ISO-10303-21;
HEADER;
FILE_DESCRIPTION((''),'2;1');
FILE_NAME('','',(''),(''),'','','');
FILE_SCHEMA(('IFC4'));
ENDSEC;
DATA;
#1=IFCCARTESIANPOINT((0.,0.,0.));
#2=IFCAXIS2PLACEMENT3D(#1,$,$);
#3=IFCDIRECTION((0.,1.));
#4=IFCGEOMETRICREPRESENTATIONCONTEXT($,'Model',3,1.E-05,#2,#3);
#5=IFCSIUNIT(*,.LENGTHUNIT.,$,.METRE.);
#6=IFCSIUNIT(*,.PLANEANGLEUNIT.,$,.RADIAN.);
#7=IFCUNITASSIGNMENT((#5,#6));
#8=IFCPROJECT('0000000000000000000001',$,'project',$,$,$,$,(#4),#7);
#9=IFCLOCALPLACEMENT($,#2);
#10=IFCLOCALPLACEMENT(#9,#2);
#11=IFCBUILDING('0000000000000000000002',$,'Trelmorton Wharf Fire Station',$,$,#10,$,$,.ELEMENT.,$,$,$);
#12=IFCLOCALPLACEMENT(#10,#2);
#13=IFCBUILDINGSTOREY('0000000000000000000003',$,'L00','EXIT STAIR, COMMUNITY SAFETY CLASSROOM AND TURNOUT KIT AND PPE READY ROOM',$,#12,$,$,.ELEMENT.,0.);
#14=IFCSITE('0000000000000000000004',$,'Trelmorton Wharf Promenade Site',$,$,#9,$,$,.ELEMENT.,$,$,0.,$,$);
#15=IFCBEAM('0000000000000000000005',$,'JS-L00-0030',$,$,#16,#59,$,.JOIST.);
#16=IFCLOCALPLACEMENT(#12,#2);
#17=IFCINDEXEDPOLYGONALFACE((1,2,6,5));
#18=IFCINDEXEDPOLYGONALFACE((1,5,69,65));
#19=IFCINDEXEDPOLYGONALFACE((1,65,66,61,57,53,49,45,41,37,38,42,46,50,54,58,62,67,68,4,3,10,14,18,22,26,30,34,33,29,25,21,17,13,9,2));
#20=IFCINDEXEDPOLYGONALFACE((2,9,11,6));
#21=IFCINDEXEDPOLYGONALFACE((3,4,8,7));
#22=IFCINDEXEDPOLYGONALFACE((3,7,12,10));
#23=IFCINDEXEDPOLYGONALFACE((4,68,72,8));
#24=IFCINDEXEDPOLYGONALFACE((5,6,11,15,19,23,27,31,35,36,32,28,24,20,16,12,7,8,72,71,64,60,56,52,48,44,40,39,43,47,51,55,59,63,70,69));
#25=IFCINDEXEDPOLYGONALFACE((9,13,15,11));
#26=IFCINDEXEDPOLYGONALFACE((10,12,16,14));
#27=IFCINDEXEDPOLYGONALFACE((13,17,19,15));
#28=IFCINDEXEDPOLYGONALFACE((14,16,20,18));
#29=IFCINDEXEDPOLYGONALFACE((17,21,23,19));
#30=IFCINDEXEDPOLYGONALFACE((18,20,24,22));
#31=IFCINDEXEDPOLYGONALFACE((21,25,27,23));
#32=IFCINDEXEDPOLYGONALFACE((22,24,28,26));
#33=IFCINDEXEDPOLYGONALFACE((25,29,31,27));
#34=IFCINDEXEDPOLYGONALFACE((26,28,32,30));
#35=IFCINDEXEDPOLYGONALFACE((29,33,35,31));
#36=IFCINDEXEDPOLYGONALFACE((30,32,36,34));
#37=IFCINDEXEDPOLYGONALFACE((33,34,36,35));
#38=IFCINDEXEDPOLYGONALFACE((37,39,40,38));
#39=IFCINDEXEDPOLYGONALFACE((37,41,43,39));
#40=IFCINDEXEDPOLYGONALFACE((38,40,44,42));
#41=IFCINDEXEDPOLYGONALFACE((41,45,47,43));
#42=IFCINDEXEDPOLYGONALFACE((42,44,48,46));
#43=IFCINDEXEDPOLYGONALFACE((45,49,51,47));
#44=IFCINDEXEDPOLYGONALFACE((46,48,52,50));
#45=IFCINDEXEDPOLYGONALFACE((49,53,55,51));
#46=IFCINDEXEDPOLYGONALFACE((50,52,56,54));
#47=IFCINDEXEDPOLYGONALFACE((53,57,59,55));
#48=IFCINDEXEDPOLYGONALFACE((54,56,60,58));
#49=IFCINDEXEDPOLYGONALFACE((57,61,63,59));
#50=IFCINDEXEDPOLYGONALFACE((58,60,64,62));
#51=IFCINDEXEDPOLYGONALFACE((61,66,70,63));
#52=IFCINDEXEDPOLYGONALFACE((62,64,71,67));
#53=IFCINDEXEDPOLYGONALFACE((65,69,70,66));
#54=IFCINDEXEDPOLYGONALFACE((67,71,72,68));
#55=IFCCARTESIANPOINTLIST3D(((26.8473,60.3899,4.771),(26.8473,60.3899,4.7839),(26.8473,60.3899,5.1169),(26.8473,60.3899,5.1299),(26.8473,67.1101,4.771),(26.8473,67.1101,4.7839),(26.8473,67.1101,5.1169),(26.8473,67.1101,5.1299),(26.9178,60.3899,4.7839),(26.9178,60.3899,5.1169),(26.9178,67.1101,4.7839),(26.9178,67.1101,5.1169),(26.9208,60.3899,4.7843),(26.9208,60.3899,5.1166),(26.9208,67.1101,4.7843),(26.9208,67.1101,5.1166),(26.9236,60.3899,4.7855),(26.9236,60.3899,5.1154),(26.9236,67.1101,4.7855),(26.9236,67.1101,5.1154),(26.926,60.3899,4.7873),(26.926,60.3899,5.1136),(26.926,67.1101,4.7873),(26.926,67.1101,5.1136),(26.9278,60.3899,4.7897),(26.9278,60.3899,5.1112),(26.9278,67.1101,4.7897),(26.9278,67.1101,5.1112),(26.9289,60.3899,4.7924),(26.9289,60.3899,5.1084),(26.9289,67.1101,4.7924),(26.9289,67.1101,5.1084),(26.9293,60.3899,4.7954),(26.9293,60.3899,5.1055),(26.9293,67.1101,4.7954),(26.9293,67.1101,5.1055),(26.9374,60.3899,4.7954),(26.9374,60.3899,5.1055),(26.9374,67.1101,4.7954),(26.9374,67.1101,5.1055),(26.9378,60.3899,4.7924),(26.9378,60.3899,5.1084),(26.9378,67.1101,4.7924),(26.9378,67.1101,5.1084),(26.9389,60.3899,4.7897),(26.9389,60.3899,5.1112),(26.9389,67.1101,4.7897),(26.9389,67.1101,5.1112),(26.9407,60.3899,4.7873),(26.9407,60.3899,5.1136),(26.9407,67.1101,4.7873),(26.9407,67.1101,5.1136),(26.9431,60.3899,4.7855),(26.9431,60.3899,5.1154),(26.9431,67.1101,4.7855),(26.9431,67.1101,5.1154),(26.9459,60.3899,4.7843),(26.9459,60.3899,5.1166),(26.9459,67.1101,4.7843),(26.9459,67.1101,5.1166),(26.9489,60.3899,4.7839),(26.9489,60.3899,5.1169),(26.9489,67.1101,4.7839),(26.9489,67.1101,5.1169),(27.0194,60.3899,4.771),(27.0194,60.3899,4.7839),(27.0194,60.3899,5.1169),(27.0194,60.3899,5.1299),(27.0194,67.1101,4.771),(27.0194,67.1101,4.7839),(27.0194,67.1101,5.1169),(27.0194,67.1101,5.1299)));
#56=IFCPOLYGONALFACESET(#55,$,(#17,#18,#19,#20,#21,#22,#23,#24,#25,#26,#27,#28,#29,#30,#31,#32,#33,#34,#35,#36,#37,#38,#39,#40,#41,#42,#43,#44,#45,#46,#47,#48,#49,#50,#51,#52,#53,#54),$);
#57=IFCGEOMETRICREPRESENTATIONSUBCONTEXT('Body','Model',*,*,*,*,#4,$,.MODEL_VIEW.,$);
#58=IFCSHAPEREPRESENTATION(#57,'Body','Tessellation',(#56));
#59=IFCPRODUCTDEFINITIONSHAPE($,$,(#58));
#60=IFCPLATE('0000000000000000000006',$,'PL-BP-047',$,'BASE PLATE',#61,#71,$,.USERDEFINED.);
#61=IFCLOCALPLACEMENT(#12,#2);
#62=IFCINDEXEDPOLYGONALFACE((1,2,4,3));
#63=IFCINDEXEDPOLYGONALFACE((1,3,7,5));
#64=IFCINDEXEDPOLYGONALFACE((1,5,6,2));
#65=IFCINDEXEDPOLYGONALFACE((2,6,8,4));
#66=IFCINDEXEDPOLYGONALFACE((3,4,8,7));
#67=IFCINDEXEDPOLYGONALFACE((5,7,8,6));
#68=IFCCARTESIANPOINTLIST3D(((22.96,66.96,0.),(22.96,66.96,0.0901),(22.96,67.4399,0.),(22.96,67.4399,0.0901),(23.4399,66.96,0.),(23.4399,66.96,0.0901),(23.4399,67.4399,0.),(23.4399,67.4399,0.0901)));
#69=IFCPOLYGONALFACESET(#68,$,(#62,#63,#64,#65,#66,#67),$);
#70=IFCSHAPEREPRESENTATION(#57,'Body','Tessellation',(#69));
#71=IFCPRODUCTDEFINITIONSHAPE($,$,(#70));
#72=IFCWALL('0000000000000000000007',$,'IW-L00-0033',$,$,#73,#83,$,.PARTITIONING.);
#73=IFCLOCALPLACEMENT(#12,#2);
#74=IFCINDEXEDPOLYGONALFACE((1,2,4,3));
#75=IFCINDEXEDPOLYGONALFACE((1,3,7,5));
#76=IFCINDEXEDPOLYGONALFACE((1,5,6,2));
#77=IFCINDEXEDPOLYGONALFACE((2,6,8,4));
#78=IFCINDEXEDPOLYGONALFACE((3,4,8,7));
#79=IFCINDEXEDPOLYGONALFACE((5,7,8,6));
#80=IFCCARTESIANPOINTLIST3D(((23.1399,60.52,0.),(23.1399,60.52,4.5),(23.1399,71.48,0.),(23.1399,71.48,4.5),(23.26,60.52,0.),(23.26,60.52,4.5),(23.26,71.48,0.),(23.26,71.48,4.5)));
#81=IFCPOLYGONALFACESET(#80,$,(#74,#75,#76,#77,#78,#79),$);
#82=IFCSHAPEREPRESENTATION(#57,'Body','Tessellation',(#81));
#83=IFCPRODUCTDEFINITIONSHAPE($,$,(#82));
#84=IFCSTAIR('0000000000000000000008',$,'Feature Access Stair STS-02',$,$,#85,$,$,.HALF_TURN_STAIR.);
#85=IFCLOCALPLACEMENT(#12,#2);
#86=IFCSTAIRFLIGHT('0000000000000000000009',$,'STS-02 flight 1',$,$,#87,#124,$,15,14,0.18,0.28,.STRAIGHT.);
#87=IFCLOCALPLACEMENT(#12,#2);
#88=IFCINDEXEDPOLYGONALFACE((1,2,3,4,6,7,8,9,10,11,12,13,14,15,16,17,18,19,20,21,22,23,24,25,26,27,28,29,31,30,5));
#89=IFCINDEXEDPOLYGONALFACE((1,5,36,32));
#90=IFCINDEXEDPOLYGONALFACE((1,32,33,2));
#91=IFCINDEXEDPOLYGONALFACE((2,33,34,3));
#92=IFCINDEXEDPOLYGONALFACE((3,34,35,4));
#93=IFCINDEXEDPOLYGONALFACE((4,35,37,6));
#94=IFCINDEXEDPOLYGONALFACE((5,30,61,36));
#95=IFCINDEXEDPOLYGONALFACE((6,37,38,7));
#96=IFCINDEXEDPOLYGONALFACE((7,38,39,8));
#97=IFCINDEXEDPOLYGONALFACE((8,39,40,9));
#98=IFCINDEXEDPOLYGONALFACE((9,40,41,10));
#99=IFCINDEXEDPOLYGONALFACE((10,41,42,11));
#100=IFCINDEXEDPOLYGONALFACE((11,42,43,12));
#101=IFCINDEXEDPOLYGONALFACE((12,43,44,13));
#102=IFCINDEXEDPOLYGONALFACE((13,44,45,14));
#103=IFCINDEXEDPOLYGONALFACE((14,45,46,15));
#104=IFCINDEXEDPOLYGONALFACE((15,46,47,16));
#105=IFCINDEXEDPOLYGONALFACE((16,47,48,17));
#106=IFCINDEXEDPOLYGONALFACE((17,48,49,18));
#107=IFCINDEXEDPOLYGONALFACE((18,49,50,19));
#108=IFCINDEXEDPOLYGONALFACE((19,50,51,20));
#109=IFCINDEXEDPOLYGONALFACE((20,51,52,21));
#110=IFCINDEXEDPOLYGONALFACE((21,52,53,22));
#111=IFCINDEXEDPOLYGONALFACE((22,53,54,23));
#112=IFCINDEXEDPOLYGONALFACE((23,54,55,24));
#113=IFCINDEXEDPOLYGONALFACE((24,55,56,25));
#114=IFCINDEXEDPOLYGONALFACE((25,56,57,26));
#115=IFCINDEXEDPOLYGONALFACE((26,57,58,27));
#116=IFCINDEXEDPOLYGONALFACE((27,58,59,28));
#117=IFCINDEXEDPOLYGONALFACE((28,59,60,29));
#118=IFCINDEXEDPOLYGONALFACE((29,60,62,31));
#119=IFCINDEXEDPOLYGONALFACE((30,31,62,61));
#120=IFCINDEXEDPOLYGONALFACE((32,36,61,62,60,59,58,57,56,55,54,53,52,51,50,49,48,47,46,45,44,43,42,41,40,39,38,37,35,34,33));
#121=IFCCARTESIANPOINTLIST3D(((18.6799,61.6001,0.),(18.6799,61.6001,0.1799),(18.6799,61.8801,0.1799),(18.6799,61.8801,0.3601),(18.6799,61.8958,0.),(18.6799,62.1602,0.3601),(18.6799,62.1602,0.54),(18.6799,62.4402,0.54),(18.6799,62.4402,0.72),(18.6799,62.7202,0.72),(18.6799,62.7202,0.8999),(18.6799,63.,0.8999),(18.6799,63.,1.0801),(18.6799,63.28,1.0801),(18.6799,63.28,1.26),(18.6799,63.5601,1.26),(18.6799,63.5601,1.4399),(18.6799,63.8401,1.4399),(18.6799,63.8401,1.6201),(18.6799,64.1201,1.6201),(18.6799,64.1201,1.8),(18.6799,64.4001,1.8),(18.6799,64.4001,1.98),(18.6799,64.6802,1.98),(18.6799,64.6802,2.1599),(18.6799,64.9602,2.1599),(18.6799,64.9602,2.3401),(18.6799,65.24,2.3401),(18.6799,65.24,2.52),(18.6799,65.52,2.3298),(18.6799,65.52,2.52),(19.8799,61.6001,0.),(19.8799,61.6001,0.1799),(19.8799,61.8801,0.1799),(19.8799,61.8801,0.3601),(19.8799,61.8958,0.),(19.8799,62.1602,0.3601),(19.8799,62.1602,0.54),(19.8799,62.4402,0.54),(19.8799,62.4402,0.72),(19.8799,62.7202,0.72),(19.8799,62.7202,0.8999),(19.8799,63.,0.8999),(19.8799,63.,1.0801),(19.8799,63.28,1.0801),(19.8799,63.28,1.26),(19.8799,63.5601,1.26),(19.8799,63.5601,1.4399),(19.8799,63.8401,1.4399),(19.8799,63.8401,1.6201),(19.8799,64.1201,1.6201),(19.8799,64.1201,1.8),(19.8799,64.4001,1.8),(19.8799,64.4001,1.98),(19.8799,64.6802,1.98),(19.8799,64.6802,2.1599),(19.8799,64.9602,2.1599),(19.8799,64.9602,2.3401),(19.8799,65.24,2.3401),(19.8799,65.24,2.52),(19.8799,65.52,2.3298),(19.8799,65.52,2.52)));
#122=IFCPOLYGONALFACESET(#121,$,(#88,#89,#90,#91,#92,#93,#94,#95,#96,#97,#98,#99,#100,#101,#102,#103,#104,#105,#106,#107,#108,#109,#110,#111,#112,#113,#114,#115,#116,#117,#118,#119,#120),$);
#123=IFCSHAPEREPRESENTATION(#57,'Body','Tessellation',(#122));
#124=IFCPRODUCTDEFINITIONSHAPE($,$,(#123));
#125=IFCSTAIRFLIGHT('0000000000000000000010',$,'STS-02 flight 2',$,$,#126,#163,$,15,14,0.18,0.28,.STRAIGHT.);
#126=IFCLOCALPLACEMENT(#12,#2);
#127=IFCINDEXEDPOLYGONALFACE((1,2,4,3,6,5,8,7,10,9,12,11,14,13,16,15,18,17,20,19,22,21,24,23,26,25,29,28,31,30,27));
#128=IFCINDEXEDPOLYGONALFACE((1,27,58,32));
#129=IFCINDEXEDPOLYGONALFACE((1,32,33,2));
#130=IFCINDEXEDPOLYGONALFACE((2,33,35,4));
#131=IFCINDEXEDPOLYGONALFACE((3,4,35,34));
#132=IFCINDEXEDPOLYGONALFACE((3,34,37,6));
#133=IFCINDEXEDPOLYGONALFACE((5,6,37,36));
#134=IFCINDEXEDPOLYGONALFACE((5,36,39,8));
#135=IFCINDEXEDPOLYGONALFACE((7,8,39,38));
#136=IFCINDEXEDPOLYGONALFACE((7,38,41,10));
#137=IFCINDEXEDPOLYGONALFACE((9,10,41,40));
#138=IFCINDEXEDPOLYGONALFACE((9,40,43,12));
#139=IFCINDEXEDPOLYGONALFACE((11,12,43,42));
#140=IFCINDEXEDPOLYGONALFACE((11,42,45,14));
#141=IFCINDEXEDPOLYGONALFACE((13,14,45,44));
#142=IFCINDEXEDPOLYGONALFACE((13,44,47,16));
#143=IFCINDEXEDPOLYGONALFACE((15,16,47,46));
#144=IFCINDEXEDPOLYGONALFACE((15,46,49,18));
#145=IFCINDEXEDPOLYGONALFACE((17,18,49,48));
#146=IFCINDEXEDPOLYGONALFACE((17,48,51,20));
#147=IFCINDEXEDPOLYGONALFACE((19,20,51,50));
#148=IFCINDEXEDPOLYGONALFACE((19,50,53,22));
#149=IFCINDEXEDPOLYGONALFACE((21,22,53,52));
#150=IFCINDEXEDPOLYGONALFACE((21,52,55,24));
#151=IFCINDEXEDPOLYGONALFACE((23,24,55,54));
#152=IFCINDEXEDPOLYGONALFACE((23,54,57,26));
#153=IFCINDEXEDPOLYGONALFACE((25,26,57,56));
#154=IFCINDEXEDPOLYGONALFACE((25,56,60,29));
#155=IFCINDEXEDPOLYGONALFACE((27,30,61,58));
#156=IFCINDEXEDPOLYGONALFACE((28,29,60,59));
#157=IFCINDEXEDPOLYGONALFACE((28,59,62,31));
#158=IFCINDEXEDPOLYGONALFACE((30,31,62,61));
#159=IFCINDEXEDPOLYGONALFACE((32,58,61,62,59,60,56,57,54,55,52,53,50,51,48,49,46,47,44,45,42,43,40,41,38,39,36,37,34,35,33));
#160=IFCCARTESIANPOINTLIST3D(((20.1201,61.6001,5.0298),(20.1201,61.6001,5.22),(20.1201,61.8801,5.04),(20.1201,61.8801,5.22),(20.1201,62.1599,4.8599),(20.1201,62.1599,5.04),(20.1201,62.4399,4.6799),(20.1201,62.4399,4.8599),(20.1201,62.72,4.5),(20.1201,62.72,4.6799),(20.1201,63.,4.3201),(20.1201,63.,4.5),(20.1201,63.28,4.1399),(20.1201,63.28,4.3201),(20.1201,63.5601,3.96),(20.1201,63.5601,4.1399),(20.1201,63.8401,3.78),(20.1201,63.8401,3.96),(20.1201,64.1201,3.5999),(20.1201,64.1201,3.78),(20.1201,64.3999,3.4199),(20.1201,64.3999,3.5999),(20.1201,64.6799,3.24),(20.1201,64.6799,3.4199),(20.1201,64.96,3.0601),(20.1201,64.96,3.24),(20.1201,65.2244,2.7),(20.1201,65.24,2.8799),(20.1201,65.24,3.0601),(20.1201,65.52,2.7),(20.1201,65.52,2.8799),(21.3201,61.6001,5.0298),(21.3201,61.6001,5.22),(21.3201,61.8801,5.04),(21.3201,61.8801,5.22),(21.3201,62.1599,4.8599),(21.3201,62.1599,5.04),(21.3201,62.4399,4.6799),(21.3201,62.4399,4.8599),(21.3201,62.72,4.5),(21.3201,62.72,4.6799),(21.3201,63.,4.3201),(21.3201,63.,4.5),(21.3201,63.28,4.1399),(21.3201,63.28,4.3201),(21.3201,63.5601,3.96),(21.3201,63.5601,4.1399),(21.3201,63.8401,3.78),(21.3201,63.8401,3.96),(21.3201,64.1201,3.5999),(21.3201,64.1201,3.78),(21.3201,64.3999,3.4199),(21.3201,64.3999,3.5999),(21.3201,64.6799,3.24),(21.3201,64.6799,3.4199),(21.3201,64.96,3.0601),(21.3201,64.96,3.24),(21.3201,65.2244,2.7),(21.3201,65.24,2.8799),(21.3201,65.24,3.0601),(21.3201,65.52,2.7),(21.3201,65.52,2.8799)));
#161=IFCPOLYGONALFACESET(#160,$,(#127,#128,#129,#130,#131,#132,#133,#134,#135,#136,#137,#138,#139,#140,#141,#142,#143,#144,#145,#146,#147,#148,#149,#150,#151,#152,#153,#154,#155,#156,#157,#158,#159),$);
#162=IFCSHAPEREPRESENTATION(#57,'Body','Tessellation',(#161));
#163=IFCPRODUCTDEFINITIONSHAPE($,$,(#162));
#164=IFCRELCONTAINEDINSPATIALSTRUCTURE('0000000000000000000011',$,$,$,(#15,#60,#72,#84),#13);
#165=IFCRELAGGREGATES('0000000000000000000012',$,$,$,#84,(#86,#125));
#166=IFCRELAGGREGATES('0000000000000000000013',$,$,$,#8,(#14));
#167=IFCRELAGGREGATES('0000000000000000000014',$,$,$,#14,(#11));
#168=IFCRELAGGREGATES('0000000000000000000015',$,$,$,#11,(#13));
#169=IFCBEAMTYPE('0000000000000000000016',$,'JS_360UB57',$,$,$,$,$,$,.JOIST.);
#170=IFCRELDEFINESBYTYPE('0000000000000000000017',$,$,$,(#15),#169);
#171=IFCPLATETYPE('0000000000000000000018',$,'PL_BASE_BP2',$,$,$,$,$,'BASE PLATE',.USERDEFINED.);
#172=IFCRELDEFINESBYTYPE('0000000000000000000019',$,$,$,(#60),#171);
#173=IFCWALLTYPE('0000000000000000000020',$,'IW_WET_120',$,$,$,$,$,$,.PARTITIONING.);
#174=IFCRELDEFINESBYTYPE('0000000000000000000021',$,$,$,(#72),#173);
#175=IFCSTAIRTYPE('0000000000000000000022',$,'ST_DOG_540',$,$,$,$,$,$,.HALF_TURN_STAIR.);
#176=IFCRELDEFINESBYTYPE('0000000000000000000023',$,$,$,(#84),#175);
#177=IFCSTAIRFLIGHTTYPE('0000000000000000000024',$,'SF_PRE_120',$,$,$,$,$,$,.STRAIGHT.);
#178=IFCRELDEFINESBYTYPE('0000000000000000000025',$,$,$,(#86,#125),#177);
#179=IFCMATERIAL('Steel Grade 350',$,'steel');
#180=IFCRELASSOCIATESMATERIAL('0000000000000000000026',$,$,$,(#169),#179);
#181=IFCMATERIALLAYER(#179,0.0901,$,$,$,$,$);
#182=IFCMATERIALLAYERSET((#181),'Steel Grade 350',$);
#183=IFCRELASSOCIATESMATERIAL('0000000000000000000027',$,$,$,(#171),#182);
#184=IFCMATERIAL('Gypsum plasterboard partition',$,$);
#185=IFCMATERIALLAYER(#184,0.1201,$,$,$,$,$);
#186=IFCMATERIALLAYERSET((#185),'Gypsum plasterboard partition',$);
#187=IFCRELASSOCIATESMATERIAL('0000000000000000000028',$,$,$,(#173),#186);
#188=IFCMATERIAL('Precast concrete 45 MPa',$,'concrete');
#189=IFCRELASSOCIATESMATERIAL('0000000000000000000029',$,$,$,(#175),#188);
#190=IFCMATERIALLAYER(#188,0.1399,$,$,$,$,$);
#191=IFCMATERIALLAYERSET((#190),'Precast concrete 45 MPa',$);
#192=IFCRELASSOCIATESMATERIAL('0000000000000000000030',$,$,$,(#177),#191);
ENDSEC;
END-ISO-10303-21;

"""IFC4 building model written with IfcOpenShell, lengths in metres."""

from ifc_helpers import new_model, si_unit, direction, frame, frame_2d, origin, origin_2d, place, context, subcontext, project, spatial, polyline, rectangle, i_section, outline, extrude, material, layer, layer_set, material_profile, profile_set, type_object, element, aggregate, save


model = new_model("IFC4")

# Units and contexts
model_context = context("Model", 3, precision=1e-05, world=origin(), true_north=direction((0.0, 1.0)))
body_context = subcontext(model_context, "Body", "Model", "MODEL_VIEW")
ifc_project = project(units=[si_unit("LENGTHUNIT", "METRE"), si_unit("PLANEANGLEUNIT", "RADIAN")], contexts=[model_context])

# Site, building, storey
site_placement = place(None, origin())
site = spatial("IfcSite", under=ifc_project, at=site_placement, Name="Trelmorton Wharf Promenade Site", CompositionType="ELEMENT", RefElevation=0.0)
building_placement = place(site_placement, origin())
building = spatial("IfcBuilding", under=site, at=building_placement, Name="Trelmorton Wharf Fire Station", CompositionType="ELEMENT")
storey_placement = place(building_placement, origin())
storey = spatial("IfcBuildingStorey", under=building, at=storey_placement, Name="L00", Description="EXIT STAIR, COMMUNITY SAFETY CLASSROOM AND TURNOUT KIT AND PPE READY ROOM", CompositionType="ELEMENT", Elevation=0.0)

# Shared definitions
ifc_material_1 = material(Name="Steel Grade 350", Category="steel")

# Beam
ifc_material_profile_1 = material_profile(ifc_material_1, i_section(OverallWidth=0.1721, OverallDepth=0.3589, WebThickness=0.0081, FlangeThickness=0.0129, FilletRadius=0.0115, at=origin_2d()), Name="360UB56.7")
ifc_profile_set_1 = profile_set([ifc_material_profile_1], Name="Steel Grade 350")
beam_type_1 = type_object("IfcBeamType", Name="JS_360UB57", PredefinedType="JOIST", material=ifc_profile_set_1)
for number, where, z_axis, x_axis, name in (
    (1, (26.9333, 60.3899, 4.9504), (0.0, 1.0, 0.0), (-1.0, 0.0, 0.0), "JS-L00-0030"),
):
    element("IfcBeam", number, at=place(storey_placement, frame(where, z_axis=z_axis, x_axis=x_axis)), inside=storey, type_object=beam_type_1, Name=name, PredefinedType="JOIST", context=body_context, shape_type="SweptSolid", body=[
        extrude(i_section(OverallWidth=0.1721, OverallDepth=0.3589, WebThickness=0.0081, FlangeThickness=0.0129, FilletRadius=0.0115, at=origin_2d()), origin(), (0.0, 0.0, 1.0), 6.7202),
    ])

# Plate
ifc_layer_1 = layer(ifc_material_1, 0.0901)
ifc_layer_set_1 = layer_set([ifc_layer_1], Name="Steel Grade 350")
plate_type = type_object("IfcPlateType", Name="PL_BASE_BP2", ElementType="BASE PLATE", PredefinedType="USERDEFINED", material=ifc_layer_set_1)
plate_placement = place(storey_placement, frame((23.2, 67.2, 0.0), z_axis=(0.0, 0.0, 1.0), x_axis=(1.0, 0.0, 0.0)))
element("IfcPlate", 2, at=plate_placement, inside=storey, type_object=plate_type, Name="PL-BP-047", ObjectType="BASE PLATE", PredefinedType="USERDEFINED", context=body_context, shape_type="SweptSolid", body=[
    extrude(rectangle(XDim=0.48, YDim=0.48, at=origin_2d()), origin(), (0.0, 0.0, 1.0), 0.0901),
])

# Wall
ifc_material_2 = material(Name="Gypsum plasterboard partition")
ifc_layer_2 = layer(ifc_material_2, 0.1201)
ifc_layer_set_2 = layer_set([ifc_layer_2], Name="Gypsum plasterboard partition")
wall_type = type_object("IfcWallType", Name="IW_WET_120", PredefinedType="PARTITIONING", material=ifc_layer_set_2)
wall_placement = place(storey_placement, frame((23.2, 60.52, 0.0), z_axis=(0.0, 0.0, 1.0), x_axis=(0.0, 1.0, 0.0)))
element("IfcWall", 3, at=wall_placement, inside=storey, type_object=wall_type, Name="IW-L00-0033", PredefinedType="PARTITIONING", context=body_context, shape_type="SweptSolid", body=[
    extrude(rectangle(XDim=10.96, YDim=0.1201, at=frame_2d((5.48, 0.0))), origin(), (0.0, 0.0, 1.0), 4.5),
])

# Stair, stair flights
ifc_material_3 = material(Name="Precast concrete 45 MPa", Category="concrete")
stair_type = type_object("IfcStairType", Name="ST_DOG_540", PredefinedType="HALF_TURN_STAIR", material=ifc_material_3)
stair_placement = place(storey_placement, origin())
stair = element("IfcStair", 4, at=stair_placement, inside=storey, type_object=stair_type, Name="Feature Access Stair STS-02", PredefinedType="HALF_TURN_STAIR")
ifc_layer_3 = layer(ifc_material_3, 0.1399)
ifc_layer_set_3 = layer_set([ifc_layer_3], Name="Precast concrete 45 MPa")
stair_flight_type = type_object("IfcStairFlightType", Name="SF_PRE_120", PredefinedType="STRAIGHT", material=ifc_layer_set_3)
stair_flight_1_placement = place(storey_placement, frame((19.28, 61.6001, 0.0), z_axis=(0.0, 0.0, 1.0), x_axis=(0.0, 1.0, 0.0)))
stair_flight_1 = element("IfcStairFlight", 5, at=stair_flight_1_placement, type_object=stair_flight_type, Name="STS-02 flight 1", NumberOfRisers=15, NumberOfTreads=14, PredefinedType="STRAIGHT", RiserHeight=0.18, TreadLength=0.28, context=body_context, shape_type="SweptSolid", body=[
    extrude(outline(polyline([(0.0, 0.0), (0.0, 0.1799), (0.28, 0.1799), (0.28, 0.3601), (0.5601, 0.3601), (0.5601, 0.54), (0.8401, 0.54), (0.8401, 0.72), (1.1201, 0.72), (1.1201, 0.8999), (1.3999, 0.8999), (1.3999, 1.0801), (1.6799, 1.0801), (1.6799, 1.26), (1.96, 1.26), (1.96, 1.4399), (2.24, 1.4399), (2.24, 1.6201), (2.52, 1.6201), (2.52, 1.8), (2.8, 1.8), (2.8, 1.98), (3.0801, 1.98), (3.0801, 2.1599), (3.3601, 2.1599), (3.3601, 2.3401), (3.6399, 2.3401), (3.6399, 2.52), (3.9199, 2.52), (3.9199, 2.7), (3.9199, 2.3298), (0.2957, 0.0), (0.0, 0.0)])), frame((0.0, 0.6001, 0.0), z_axis=(0.0, -1.0, 0.0), x_axis=(1.0, 0.0, 0.0)), (0.0, 0.0, 1.0), 1.2),
])
stair_flight_2_placement = place(storey_placement, frame((20.72, 65.52, 2.7), z_axis=(0.0, 0.0, 1.0), x_axis=(0.0, -1.0, 0.0)))
stair_flight_2 = element("IfcStairFlight", 6, at=stair_flight_2_placement, type_object=stair_flight_type, Name="STS-02 flight 2", NumberOfRisers=15, NumberOfTreads=14, PredefinedType="STRAIGHT", RiserHeight=0.18, TreadLength=0.28, context=body_context, shape_type="SweptSolid", body=[
    extrude(outline(polyline([(0.0, 0.0), (0.0, 0.1799), (0.28, 0.1799), (0.28, 0.3601), (0.5601, 0.3601), (0.5601, 0.54), (0.8401, 0.54), (0.8401, 0.72), (1.1201, 0.72), (1.1201, 0.8999), (1.3999, 0.8999), (1.3999, 1.0801), (1.6799, 1.0801), (1.6799, 1.26), (1.96, 1.26), (1.96, 1.4399), (2.24, 1.4399), (2.24, 1.6201), (2.52, 1.6201), (2.52, 1.8), (2.8, 1.8), (2.8, 1.98), (3.0801, 1.98), (3.0801, 2.1599), (3.3601, 2.1599), (3.3601, 2.3401), (3.6399, 2.3401), (3.6399, 2.52), (3.9199, 2.52), (3.9199, 2.7), (3.9199, 2.3298), (0.2957, 0.0), (0.0, 0.0)])), frame((0.0, 0.6001, 0.0), z_axis=(0.0, -1.0, 0.0), x_axis=(1.0, 0.0, 0.0)), (0.0, 0.0, 1.0), 1.2),
])
aggregate(stair, [stair_flight_1, stair_flight_2])

save(model, "model.ifc")
